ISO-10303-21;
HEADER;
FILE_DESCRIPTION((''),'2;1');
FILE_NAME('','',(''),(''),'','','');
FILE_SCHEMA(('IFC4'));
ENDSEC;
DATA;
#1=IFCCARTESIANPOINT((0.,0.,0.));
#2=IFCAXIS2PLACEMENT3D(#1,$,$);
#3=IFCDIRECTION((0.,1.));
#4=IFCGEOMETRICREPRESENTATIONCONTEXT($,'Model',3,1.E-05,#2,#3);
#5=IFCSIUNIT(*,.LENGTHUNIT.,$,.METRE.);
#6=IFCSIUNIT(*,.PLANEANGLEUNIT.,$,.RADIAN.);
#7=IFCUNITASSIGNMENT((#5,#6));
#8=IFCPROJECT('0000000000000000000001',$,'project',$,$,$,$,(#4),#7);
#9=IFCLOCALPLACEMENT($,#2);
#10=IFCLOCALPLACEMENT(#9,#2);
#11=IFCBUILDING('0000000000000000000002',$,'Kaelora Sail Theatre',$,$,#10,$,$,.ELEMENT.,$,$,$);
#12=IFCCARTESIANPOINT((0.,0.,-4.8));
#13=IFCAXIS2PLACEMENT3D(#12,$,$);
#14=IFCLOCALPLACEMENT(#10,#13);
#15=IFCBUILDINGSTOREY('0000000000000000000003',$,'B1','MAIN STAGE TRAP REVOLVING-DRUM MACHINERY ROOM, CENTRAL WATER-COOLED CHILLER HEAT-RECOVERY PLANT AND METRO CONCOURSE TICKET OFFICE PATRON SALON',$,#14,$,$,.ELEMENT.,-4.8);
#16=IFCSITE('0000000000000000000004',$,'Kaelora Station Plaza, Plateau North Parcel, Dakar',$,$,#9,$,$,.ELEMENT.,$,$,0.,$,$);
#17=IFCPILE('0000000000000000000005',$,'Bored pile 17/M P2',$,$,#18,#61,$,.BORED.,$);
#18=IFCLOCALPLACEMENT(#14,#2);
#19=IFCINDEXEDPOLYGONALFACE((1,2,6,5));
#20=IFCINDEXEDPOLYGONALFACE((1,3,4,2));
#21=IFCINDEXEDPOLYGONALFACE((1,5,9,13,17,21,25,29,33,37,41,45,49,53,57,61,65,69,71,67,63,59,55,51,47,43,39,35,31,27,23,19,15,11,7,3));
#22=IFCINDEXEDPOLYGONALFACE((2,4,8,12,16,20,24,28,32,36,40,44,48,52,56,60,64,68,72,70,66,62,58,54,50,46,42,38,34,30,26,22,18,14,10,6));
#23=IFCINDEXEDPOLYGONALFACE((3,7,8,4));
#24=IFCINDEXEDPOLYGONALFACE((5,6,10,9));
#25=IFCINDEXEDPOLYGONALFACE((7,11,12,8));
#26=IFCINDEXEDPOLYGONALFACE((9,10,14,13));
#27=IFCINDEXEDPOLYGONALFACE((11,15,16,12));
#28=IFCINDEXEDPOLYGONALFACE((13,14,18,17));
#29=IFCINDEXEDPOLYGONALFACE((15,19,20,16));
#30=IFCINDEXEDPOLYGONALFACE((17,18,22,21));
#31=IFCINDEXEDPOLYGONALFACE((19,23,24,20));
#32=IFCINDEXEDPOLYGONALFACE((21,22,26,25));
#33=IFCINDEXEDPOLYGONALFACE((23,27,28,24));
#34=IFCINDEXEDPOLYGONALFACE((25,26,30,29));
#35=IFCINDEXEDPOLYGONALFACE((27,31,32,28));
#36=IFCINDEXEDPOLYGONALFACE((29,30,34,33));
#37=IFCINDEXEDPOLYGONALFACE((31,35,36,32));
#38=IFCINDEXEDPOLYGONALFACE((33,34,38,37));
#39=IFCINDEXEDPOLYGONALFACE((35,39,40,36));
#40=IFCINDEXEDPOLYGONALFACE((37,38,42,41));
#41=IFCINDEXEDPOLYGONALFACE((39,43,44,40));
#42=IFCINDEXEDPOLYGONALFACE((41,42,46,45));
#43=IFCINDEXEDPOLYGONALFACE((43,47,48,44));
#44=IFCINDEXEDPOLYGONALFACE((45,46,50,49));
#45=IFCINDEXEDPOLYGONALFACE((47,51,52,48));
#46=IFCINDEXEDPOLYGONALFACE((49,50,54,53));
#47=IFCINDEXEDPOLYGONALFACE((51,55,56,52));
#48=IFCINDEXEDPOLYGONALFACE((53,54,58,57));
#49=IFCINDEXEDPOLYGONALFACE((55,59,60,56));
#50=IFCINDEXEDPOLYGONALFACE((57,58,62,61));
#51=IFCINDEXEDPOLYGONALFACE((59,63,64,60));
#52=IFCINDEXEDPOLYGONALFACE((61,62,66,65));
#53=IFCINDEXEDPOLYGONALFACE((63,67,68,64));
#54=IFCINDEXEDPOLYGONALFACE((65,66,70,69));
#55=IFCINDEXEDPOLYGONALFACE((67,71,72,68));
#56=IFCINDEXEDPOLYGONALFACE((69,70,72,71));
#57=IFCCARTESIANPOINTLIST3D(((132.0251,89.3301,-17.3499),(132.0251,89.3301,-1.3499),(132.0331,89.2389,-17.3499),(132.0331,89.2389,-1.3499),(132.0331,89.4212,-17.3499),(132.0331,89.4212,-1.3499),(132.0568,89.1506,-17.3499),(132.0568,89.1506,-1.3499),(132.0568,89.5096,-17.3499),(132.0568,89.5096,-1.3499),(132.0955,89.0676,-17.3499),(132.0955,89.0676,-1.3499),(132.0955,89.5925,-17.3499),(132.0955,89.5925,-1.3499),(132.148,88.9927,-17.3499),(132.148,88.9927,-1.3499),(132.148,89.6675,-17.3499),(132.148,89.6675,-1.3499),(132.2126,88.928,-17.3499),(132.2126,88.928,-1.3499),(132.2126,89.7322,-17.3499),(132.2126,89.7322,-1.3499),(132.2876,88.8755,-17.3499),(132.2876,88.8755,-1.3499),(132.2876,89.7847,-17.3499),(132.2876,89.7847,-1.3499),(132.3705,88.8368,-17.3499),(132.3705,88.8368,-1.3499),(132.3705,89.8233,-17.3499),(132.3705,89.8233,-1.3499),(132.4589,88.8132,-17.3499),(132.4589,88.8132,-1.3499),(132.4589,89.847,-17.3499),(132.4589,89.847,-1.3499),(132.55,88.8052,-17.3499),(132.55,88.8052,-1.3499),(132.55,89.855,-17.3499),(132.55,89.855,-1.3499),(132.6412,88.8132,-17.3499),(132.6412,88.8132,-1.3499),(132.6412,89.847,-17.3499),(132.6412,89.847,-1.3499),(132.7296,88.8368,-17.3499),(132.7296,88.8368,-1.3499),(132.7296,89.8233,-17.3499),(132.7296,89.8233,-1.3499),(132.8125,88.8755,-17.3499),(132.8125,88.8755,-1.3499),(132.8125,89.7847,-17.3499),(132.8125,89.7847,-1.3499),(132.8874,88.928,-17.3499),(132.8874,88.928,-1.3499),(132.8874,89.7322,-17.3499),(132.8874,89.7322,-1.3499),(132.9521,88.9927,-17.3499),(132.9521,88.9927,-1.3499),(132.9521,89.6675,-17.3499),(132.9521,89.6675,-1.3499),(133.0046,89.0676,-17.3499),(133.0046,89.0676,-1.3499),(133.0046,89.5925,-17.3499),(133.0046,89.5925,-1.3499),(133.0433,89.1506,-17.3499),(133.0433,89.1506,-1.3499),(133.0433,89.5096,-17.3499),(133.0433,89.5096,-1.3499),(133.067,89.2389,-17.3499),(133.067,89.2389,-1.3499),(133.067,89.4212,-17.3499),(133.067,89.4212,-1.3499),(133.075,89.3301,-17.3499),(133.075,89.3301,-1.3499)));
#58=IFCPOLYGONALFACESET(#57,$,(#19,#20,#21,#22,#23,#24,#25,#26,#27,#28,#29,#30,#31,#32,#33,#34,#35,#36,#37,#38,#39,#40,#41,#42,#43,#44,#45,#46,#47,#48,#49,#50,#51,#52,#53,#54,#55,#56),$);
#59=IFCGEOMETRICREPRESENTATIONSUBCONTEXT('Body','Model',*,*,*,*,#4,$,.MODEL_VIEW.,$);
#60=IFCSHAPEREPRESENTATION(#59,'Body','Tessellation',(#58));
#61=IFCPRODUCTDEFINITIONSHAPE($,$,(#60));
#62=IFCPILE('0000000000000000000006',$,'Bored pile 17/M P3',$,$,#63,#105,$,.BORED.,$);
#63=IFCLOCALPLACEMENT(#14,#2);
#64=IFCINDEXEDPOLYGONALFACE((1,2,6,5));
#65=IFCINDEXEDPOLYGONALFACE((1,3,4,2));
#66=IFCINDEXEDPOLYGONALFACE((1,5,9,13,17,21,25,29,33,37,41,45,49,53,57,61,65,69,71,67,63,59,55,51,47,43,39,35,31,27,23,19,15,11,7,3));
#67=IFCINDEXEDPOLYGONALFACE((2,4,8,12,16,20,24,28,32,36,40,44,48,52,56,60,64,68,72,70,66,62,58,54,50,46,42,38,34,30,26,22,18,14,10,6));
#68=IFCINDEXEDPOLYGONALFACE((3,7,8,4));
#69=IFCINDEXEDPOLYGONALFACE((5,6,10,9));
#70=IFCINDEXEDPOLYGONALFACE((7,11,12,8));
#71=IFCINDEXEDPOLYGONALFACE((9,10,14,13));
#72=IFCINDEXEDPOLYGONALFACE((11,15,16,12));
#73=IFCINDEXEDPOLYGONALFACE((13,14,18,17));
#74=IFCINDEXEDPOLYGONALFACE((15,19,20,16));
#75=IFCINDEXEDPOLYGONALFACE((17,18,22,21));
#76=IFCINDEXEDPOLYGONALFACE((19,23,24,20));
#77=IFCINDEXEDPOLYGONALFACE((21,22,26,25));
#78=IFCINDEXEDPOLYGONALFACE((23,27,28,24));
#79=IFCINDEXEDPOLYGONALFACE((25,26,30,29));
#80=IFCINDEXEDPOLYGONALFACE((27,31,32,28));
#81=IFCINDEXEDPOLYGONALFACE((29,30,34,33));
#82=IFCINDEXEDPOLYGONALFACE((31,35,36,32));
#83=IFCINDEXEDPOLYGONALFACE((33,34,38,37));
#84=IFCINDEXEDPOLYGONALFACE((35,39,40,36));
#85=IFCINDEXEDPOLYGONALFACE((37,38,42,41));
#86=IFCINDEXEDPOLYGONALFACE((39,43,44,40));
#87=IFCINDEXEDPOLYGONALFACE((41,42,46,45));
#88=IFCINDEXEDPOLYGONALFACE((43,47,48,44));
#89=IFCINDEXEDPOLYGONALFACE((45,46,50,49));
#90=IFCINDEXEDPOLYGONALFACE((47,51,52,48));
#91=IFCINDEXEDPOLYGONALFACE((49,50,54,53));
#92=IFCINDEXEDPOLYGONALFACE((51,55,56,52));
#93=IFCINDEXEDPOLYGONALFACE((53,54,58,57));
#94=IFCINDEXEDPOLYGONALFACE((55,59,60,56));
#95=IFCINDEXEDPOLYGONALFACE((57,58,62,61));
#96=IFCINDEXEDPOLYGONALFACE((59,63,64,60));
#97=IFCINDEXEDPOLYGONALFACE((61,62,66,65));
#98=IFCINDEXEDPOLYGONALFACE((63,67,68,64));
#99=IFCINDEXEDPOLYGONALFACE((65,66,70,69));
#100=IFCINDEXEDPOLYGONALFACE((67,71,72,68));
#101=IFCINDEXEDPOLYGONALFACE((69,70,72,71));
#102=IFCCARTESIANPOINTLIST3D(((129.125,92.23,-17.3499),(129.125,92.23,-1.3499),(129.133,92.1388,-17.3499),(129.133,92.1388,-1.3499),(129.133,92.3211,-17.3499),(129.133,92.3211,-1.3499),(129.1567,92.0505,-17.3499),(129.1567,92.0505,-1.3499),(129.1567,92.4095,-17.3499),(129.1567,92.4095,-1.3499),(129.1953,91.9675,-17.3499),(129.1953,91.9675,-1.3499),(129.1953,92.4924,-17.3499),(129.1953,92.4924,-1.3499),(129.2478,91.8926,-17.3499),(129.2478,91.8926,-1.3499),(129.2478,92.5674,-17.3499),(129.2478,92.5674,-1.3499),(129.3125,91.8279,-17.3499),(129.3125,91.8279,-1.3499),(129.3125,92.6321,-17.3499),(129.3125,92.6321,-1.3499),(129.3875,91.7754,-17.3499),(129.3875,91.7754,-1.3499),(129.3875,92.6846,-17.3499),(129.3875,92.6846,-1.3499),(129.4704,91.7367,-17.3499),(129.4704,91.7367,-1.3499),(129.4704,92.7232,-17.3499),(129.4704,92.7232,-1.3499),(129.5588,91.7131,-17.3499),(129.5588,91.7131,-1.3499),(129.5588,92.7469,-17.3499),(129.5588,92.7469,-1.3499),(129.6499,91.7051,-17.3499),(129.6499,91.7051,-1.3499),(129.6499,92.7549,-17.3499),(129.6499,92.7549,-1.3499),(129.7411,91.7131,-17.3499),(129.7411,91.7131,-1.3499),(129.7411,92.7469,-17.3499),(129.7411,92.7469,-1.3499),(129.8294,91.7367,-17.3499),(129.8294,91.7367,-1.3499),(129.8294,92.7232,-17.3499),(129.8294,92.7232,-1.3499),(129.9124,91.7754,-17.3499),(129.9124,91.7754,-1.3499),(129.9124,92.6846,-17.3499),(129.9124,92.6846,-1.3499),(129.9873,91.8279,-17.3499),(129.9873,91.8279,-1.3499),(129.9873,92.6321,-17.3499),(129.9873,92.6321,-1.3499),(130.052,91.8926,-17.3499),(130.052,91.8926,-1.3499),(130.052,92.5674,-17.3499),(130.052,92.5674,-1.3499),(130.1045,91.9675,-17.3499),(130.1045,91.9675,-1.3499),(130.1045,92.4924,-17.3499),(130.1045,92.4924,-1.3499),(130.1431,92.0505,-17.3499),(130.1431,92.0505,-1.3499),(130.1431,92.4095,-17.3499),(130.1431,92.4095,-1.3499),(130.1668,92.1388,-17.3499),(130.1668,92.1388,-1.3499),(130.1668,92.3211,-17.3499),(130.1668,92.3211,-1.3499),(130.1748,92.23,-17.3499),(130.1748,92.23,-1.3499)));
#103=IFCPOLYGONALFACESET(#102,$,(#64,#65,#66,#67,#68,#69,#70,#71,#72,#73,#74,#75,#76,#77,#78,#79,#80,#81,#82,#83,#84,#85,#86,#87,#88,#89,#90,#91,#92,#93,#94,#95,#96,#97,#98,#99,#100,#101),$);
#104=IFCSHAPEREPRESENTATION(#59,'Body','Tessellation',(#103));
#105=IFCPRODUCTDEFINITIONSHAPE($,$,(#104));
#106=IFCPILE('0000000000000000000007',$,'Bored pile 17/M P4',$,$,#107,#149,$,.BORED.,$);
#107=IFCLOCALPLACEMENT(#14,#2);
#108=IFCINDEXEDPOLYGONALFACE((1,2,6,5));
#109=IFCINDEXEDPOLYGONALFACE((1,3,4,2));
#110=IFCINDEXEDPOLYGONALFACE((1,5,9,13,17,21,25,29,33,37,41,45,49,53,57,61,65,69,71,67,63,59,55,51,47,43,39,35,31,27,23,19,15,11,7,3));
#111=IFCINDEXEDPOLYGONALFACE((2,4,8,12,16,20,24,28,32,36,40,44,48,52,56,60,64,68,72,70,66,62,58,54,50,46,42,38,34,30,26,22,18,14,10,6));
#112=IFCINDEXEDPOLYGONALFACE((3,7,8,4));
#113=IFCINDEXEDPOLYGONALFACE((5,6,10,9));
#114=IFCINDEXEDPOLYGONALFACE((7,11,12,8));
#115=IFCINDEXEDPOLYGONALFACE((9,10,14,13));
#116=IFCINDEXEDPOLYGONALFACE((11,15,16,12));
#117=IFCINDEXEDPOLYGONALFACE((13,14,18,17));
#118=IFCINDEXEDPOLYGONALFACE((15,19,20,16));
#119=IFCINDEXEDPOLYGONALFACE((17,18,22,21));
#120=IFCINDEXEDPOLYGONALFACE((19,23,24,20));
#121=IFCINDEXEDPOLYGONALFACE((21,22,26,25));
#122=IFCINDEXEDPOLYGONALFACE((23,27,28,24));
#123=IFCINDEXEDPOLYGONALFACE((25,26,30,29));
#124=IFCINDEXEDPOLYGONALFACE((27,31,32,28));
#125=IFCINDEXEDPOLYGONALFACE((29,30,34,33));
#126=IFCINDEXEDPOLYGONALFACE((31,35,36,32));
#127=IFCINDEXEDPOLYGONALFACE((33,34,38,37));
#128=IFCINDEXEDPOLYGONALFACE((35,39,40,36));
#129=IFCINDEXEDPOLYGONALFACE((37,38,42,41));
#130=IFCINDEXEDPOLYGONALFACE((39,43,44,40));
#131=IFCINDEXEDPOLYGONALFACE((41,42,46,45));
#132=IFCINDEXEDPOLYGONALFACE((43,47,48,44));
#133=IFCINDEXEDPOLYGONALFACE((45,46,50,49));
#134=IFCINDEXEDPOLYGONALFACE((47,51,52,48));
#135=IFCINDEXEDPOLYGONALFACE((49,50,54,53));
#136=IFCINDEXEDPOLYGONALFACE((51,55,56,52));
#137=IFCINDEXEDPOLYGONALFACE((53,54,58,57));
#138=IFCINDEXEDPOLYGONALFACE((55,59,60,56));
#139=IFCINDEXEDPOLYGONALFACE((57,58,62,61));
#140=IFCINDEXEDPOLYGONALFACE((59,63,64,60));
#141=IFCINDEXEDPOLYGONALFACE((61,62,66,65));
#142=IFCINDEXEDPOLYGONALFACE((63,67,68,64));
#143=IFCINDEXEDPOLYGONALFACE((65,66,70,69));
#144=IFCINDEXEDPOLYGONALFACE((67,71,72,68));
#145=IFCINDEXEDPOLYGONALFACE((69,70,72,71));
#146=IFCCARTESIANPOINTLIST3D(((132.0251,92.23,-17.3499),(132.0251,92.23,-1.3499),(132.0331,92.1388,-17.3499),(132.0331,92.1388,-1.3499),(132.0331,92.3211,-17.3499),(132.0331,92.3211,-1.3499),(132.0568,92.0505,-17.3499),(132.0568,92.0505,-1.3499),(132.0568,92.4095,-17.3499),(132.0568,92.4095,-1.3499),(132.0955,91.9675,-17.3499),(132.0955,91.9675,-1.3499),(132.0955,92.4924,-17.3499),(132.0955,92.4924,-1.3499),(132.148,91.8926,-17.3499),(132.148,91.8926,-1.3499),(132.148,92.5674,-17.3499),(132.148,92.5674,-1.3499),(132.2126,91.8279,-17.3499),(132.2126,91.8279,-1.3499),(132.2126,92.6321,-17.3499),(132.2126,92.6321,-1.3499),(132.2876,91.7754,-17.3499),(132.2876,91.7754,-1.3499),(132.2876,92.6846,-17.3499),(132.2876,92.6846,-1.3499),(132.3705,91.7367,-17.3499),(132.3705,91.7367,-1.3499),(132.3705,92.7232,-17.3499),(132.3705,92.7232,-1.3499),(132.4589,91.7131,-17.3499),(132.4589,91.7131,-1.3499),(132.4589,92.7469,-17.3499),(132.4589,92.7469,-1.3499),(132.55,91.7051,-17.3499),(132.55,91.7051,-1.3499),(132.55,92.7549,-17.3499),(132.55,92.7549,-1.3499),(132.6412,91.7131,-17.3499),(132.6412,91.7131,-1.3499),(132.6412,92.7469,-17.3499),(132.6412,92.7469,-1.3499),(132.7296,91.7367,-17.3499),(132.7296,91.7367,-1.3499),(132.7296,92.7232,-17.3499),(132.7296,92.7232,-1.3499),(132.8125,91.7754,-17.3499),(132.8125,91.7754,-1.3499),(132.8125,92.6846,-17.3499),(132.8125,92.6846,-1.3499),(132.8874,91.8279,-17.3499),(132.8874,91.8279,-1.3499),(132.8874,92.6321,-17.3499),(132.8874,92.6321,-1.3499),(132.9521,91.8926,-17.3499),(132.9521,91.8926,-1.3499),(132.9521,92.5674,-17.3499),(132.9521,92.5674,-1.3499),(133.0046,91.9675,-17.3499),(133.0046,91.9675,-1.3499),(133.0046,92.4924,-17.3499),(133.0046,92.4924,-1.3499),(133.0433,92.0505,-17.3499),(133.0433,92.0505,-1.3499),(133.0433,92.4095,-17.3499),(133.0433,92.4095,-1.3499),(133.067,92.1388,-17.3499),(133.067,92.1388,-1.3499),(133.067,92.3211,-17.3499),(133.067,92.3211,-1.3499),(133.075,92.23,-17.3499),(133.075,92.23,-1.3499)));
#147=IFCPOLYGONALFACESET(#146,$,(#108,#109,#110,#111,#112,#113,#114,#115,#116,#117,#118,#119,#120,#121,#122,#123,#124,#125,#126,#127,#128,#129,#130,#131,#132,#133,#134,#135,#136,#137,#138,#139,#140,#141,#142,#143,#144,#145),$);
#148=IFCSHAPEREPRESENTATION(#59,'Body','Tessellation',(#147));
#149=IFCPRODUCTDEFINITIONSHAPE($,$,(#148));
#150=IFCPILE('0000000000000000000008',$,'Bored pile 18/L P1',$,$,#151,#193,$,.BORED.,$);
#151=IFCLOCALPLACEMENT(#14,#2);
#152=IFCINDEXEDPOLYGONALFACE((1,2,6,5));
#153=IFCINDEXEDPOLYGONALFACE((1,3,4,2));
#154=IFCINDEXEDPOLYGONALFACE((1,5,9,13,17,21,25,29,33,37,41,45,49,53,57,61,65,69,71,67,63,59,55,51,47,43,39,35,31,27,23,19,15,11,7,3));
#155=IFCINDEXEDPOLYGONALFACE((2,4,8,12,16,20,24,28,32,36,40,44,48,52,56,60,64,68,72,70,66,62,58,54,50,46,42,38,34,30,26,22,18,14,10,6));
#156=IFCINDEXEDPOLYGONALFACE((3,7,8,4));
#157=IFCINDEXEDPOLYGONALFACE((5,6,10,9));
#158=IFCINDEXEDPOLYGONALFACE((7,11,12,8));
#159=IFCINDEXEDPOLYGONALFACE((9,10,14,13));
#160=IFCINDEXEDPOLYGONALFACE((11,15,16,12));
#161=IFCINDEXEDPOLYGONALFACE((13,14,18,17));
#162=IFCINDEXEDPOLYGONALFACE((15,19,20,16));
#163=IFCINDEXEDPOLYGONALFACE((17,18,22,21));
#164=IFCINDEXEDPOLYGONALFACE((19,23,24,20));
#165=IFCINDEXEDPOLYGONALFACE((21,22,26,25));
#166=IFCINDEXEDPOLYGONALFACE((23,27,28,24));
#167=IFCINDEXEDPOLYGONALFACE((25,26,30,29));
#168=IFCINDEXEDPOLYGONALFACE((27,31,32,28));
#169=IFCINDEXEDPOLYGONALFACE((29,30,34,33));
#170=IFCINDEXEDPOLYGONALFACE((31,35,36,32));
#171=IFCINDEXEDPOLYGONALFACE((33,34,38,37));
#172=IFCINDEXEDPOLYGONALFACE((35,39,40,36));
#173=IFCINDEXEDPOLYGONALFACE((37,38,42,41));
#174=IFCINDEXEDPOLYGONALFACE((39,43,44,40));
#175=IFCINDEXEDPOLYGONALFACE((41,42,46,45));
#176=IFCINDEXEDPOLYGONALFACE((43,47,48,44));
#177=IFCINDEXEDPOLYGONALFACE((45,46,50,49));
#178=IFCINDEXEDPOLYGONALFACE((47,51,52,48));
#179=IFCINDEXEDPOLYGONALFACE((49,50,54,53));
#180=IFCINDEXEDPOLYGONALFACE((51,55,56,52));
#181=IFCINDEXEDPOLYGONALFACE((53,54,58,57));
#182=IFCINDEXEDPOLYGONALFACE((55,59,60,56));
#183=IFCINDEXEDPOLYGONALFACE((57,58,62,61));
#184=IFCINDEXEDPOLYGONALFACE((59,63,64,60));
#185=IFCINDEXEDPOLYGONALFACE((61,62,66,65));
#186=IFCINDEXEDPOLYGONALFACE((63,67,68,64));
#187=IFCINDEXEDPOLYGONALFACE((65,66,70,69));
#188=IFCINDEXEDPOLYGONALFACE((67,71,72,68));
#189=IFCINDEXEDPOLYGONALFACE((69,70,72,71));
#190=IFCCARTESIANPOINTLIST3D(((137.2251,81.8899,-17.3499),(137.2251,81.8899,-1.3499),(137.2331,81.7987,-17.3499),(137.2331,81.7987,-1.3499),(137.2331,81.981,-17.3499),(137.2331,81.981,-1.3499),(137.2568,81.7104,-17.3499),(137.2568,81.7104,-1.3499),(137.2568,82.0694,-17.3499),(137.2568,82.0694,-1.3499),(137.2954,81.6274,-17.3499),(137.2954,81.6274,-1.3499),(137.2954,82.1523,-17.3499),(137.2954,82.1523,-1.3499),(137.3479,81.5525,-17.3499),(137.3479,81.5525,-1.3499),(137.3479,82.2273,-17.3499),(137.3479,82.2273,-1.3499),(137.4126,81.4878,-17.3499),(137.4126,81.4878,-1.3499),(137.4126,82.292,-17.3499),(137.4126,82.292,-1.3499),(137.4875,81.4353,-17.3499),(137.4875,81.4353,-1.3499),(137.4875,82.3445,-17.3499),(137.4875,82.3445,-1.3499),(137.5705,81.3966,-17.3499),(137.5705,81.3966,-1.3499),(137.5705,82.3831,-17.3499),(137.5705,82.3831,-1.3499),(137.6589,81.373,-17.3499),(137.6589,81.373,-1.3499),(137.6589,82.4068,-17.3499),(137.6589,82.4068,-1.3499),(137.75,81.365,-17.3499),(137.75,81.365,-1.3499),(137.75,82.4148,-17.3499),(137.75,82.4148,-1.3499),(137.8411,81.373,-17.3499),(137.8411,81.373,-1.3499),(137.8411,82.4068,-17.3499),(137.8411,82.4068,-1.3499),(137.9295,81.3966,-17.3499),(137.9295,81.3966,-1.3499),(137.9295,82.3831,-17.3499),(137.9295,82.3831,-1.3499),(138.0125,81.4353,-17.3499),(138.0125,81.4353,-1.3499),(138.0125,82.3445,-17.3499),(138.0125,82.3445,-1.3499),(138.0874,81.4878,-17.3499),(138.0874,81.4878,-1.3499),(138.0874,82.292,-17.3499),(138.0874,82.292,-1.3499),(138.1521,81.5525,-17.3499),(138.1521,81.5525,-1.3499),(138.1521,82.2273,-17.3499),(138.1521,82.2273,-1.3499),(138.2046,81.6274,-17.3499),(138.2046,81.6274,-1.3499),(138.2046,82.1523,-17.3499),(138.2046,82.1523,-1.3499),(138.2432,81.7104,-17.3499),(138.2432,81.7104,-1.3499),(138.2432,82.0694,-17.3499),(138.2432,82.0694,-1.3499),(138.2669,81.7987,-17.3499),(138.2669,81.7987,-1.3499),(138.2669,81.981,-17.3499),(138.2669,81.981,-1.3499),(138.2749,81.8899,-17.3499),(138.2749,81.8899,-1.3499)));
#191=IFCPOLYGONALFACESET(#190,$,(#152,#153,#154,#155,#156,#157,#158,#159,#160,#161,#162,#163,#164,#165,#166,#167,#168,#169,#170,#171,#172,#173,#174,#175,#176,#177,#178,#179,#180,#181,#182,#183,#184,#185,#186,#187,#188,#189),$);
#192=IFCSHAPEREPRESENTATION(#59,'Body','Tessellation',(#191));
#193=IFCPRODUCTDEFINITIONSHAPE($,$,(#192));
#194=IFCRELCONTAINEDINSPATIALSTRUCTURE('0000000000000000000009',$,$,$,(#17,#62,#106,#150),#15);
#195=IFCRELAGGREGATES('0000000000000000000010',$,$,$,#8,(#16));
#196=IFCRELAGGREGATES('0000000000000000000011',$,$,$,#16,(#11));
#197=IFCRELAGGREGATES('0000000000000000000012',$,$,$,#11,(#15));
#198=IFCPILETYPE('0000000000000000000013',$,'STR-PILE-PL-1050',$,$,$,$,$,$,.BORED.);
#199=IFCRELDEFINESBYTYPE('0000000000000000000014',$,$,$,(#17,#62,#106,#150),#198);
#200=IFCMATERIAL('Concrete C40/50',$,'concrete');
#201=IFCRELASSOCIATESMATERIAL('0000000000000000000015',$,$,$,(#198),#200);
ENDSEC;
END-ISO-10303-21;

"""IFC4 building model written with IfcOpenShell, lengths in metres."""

from ifc_helpers import new_model, si_unit, direction, frame, origin, origin_2d, place, context, subcontext, project, spatial, circle, extrude, material, material_profile, profile_set, type_object, element, save


model = new_model("IFC4")

# Units and contexts
model_context = context("Model", 3, precision=1e-05, world=origin(), true_north=direction((0.0, 1.0)))
body_context = subcontext(model_context, "Body", "Model", "MODEL_VIEW")
ifc_project = project(units=[si_unit("LENGTHUNIT", "METRE"), si_unit("PLANEANGLEUNIT", "RADIAN")], contexts=[model_context])

# Site, building, storey
site_placement = place(None, origin())
site = spatial("IfcSite", under=ifc_project, at=site_placement, Name="Kaelora Station Plaza, Plateau North Parcel, Dakar", CompositionType="ELEMENT", RefElevation=0.0)
building_placement = place(site_placement, origin())
building = spatial("IfcBuilding", under=site, at=building_placement, Name="Kaelora Sail Theatre", CompositionType="ELEMENT")
storey_placement = place(building_placement, frame((0.0, 0.0, -4.8)))
storey = spatial("IfcBuildingStorey", under=building, at=storey_placement, Name="B1", Description="MAIN STAGE TRAP REVOLVING-DRUM MACHINERY ROOM, CENTRAL WATER-COOLED CHILLER HEAT-RECOVERY PLANT AND METRO CONCOURSE TICKET OFFICE PATRON SALON", CompositionType="ELEMENT", Elevation=-4.8)

# Piles
ifc_material_1 = material(Name="Concrete C40/50", Category="concrete")
ifc_material_profile_1 = material_profile(ifc_material_1, circle(Radius=0.5249, at=origin_2d()), Name="PILE D1050")
ifc_profile_set_1 = profile_set([ifc_material_profile_1], Name="Concrete C40/50")
pile_type_1 = type_object("IfcPileType", Name="STR-PILE-PL-1050", PredefinedType="BORED", material=ifc_profile_set_1)
for number, where, z_axis, x_axis, name in (
    (1, (132.55, 89.3301, -1.3499), (0.0, 0.0, -1.0), (1.0, 0.0, 0.0), "Bored pile 17/M P2"),
    (2, (129.6499, 92.23, -1.3499), (0.0, 0.0, -1.0), (1.0, 0.0, 0.0), "Bored pile 17/M P3"),
    (3, (132.55, 92.23, -1.3499), (0.0, 0.0, -1.0), (1.0, 0.0, 0.0), "Bored pile 17/M P4"),
    (4, (137.75, 81.8899, -1.3499), (0.0, 0.0, -1.0), (1.0, 0.0, 0.0), "Bored pile 18/L P1"),
):
    element("IfcPile", number, at=place(storey_placement, frame(where, z_axis=z_axis, x_axis=x_axis)), inside=storey, type_object=pile_type_1, Name=name, PredefinedType="BORED", context=body_context, shape_type="SweptSolid", body=[
        extrude(circle(Radius=0.5249, at=origin_2d()), origin(), (0.0, 0.0, 1.0), 16.0),
    ])

save(model, "model.ifc")
